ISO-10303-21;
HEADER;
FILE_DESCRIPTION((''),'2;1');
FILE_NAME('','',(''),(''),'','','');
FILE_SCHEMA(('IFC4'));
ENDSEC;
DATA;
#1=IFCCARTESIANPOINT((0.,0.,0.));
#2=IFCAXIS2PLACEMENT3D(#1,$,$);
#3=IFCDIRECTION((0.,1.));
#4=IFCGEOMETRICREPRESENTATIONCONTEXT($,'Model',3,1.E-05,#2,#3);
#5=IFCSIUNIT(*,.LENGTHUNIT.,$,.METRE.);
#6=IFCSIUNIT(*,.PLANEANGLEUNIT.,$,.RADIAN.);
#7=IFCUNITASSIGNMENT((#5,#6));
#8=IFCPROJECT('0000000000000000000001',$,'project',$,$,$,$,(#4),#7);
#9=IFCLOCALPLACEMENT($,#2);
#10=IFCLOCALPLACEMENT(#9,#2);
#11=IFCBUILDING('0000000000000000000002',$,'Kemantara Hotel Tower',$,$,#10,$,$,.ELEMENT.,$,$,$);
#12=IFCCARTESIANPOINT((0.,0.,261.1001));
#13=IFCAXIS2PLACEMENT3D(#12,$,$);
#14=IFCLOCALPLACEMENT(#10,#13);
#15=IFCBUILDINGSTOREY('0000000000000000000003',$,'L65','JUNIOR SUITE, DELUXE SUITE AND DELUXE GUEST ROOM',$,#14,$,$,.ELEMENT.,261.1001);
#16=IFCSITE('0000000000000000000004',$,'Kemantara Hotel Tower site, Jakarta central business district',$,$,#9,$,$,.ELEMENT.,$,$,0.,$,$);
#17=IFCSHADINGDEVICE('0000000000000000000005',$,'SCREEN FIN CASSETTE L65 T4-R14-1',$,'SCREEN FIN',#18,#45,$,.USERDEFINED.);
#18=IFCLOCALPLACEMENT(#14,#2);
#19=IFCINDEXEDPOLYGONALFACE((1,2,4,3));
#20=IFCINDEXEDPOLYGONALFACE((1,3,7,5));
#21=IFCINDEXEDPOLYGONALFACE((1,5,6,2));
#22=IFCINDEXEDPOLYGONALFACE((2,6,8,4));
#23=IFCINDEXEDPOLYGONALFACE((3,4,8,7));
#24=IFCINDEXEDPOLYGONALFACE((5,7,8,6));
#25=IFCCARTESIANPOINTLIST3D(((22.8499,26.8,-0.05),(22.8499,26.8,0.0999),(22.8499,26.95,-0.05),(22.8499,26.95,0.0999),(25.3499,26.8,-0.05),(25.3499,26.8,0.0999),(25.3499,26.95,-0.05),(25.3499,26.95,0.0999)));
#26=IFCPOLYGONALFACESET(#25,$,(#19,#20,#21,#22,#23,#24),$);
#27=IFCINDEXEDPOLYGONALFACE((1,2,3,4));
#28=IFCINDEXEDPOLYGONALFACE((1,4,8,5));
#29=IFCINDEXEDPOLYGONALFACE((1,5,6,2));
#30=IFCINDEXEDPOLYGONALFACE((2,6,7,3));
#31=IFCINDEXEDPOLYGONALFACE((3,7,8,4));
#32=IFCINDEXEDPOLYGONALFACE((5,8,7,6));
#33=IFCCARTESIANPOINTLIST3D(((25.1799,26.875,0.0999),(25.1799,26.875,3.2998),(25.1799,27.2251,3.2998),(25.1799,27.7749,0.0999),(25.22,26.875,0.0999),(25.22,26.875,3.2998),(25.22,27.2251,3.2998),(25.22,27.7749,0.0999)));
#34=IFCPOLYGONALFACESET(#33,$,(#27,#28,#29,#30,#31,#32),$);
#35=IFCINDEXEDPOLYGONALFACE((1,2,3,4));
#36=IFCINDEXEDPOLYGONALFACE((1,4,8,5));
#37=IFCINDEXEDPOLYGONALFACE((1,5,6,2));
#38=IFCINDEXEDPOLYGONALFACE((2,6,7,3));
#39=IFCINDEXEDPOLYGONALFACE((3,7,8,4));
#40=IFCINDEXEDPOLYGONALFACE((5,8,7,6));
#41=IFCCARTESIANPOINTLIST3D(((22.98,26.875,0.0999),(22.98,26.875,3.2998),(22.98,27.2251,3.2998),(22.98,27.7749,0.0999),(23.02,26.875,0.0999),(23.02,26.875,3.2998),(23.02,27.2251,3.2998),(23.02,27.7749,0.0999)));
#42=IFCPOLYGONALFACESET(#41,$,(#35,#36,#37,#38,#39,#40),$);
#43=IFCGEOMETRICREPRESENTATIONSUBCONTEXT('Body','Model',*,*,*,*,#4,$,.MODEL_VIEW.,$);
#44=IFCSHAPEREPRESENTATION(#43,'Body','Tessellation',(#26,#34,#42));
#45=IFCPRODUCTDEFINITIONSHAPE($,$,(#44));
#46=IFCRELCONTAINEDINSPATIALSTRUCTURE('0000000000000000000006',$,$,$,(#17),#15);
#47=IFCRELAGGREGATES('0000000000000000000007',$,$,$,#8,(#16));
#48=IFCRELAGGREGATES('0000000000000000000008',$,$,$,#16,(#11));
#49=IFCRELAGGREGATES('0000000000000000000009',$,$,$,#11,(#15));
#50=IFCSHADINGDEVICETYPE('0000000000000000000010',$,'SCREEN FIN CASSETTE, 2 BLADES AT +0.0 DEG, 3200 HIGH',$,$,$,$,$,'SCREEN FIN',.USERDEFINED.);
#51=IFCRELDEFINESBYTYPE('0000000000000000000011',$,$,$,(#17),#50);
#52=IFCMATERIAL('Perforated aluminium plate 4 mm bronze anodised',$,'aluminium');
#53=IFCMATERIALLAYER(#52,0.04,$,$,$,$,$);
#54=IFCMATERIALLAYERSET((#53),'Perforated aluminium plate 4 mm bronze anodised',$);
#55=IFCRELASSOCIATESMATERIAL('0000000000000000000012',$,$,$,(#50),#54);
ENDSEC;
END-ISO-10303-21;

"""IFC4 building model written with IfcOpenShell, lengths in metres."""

from ifc_helpers import new_model, si_unit, direction, frame, origin, origin_2d, place, context, subcontext, project, spatial, polyline, rectangle, outline, extrude, source, transform, mapped, material, layer, layer_set, type_object, element, save


model = new_model("IFC4")

# Units and contexts
model_context = context("Model", 3, precision=1e-05, world=origin(), true_north=direction((0.0, 1.0)))
body_context = subcontext(model_context, "Body", "Model", "MODEL_VIEW")
ifc_project = project(units=[si_unit("LENGTHUNIT", "METRE"), si_unit("PLANEANGLEUNIT", "RADIAN")], contexts=[model_context])

# Site, building, storey
site_placement = place(None, origin())
site = spatial("IfcSite", under=ifc_project, at=site_placement, Name="Kemantara Hotel Tower site, Jakarta central business district", CompositionType="ELEMENT", RefElevation=0.0)
building_placement = place(site_placement, origin())
building = spatial("IfcBuilding", under=site, at=building_placement, Name="Kemantara Hotel Tower", CompositionType="ELEMENT")
storey_placement = place(building_placement, frame((0.0, 0.0, 261.1001)))
storey = spatial("IfcBuildingStorey", under=building, at=storey_placement, Name="L65", Description="JUNIOR SUITE, DELUXE SUITE AND DELUXE GUEST ROOM", CompositionType="ELEMENT", Elevation=261.1001)

# Shading device
ifc_material_1 = material(Name="Perforated aluminium plate 4 mm bronze anodised", Category="aluminium")
ifc_layer_1 = layer(ifc_material_1, 0.04)
ifc_layer_set_1 = layer_set([ifc_layer_1], Name="Perforated aluminium plate 4 mm bronze anodised")
shading_device_type_1 = type_object("IfcShadingDeviceType", Name="SCREEN FIN CASSETTE, 2 BLADES AT +0.0 DEG, 3200 HIGH", ElementType="SCREEN FIN", PredefinedType="USERDEFINED", material=ifc_layer_set_1)
shared_shape_1 = source(origin(), body_context, "Body", "SweptSolid", [
    extrude(rectangle(XDim=2.5, YDim=0.1499, at=origin_2d()), frame((1.1001, -0.075, -0.1499), z_axis=(0.0, 0.0, 1.0), x_axis=(1.0, 0.0, 0.0)), (0.0, 0.0, 1.0), 0.1499),
    extrude(outline(polyline([(0.0, 0.0), (0.8999, 0.0), (0.3501, 3.2), (0.0, 3.2), (0.0, 0.0)])), frame((0.02, -0.075, 0.0), z_axis=(-1.0, 0.0, 0.0), x_axis=(0.0, -1.0, 0.0)), (0.0, 0.0, 1.0), 0.04),
    extrude(outline(polyline([(0.0, 0.0), (0.8999, 0.0), (0.3501, 3.2), (0.0, 3.2), (0.0, 0.0)])), frame((2.22, -0.075, 0.0), z_axis=(-1.0, 0.0, 0.0), x_axis=(0.0, -1.0, 0.0)), (0.0, 0.0, 1.0), 0.04),
])
for number, where, z_axis, x_axis, name in (
    (1, (25.2, 26.8, 0.0999), (0.0, 0.0, 1.0), (-1.0, 0.0, 0.0), "SCREEN FIN CASSETTE L65 T4-R14-1"),
):
    element("IfcShadingDevice", number, at=place(storey_placement, frame(where, z_axis=z_axis, x_axis=x_axis)), inside=storey, type_object=shading_device_type_1, Name=name, ObjectType="SCREEN FIN", PredefinedType="USERDEFINED", context=body_context, shape_type="MappedRepresentation", body=[
        mapped(shared_shape_1, transform((0.0, 0.0, 0.0))),
    ])

save(model, "model.ifc")
